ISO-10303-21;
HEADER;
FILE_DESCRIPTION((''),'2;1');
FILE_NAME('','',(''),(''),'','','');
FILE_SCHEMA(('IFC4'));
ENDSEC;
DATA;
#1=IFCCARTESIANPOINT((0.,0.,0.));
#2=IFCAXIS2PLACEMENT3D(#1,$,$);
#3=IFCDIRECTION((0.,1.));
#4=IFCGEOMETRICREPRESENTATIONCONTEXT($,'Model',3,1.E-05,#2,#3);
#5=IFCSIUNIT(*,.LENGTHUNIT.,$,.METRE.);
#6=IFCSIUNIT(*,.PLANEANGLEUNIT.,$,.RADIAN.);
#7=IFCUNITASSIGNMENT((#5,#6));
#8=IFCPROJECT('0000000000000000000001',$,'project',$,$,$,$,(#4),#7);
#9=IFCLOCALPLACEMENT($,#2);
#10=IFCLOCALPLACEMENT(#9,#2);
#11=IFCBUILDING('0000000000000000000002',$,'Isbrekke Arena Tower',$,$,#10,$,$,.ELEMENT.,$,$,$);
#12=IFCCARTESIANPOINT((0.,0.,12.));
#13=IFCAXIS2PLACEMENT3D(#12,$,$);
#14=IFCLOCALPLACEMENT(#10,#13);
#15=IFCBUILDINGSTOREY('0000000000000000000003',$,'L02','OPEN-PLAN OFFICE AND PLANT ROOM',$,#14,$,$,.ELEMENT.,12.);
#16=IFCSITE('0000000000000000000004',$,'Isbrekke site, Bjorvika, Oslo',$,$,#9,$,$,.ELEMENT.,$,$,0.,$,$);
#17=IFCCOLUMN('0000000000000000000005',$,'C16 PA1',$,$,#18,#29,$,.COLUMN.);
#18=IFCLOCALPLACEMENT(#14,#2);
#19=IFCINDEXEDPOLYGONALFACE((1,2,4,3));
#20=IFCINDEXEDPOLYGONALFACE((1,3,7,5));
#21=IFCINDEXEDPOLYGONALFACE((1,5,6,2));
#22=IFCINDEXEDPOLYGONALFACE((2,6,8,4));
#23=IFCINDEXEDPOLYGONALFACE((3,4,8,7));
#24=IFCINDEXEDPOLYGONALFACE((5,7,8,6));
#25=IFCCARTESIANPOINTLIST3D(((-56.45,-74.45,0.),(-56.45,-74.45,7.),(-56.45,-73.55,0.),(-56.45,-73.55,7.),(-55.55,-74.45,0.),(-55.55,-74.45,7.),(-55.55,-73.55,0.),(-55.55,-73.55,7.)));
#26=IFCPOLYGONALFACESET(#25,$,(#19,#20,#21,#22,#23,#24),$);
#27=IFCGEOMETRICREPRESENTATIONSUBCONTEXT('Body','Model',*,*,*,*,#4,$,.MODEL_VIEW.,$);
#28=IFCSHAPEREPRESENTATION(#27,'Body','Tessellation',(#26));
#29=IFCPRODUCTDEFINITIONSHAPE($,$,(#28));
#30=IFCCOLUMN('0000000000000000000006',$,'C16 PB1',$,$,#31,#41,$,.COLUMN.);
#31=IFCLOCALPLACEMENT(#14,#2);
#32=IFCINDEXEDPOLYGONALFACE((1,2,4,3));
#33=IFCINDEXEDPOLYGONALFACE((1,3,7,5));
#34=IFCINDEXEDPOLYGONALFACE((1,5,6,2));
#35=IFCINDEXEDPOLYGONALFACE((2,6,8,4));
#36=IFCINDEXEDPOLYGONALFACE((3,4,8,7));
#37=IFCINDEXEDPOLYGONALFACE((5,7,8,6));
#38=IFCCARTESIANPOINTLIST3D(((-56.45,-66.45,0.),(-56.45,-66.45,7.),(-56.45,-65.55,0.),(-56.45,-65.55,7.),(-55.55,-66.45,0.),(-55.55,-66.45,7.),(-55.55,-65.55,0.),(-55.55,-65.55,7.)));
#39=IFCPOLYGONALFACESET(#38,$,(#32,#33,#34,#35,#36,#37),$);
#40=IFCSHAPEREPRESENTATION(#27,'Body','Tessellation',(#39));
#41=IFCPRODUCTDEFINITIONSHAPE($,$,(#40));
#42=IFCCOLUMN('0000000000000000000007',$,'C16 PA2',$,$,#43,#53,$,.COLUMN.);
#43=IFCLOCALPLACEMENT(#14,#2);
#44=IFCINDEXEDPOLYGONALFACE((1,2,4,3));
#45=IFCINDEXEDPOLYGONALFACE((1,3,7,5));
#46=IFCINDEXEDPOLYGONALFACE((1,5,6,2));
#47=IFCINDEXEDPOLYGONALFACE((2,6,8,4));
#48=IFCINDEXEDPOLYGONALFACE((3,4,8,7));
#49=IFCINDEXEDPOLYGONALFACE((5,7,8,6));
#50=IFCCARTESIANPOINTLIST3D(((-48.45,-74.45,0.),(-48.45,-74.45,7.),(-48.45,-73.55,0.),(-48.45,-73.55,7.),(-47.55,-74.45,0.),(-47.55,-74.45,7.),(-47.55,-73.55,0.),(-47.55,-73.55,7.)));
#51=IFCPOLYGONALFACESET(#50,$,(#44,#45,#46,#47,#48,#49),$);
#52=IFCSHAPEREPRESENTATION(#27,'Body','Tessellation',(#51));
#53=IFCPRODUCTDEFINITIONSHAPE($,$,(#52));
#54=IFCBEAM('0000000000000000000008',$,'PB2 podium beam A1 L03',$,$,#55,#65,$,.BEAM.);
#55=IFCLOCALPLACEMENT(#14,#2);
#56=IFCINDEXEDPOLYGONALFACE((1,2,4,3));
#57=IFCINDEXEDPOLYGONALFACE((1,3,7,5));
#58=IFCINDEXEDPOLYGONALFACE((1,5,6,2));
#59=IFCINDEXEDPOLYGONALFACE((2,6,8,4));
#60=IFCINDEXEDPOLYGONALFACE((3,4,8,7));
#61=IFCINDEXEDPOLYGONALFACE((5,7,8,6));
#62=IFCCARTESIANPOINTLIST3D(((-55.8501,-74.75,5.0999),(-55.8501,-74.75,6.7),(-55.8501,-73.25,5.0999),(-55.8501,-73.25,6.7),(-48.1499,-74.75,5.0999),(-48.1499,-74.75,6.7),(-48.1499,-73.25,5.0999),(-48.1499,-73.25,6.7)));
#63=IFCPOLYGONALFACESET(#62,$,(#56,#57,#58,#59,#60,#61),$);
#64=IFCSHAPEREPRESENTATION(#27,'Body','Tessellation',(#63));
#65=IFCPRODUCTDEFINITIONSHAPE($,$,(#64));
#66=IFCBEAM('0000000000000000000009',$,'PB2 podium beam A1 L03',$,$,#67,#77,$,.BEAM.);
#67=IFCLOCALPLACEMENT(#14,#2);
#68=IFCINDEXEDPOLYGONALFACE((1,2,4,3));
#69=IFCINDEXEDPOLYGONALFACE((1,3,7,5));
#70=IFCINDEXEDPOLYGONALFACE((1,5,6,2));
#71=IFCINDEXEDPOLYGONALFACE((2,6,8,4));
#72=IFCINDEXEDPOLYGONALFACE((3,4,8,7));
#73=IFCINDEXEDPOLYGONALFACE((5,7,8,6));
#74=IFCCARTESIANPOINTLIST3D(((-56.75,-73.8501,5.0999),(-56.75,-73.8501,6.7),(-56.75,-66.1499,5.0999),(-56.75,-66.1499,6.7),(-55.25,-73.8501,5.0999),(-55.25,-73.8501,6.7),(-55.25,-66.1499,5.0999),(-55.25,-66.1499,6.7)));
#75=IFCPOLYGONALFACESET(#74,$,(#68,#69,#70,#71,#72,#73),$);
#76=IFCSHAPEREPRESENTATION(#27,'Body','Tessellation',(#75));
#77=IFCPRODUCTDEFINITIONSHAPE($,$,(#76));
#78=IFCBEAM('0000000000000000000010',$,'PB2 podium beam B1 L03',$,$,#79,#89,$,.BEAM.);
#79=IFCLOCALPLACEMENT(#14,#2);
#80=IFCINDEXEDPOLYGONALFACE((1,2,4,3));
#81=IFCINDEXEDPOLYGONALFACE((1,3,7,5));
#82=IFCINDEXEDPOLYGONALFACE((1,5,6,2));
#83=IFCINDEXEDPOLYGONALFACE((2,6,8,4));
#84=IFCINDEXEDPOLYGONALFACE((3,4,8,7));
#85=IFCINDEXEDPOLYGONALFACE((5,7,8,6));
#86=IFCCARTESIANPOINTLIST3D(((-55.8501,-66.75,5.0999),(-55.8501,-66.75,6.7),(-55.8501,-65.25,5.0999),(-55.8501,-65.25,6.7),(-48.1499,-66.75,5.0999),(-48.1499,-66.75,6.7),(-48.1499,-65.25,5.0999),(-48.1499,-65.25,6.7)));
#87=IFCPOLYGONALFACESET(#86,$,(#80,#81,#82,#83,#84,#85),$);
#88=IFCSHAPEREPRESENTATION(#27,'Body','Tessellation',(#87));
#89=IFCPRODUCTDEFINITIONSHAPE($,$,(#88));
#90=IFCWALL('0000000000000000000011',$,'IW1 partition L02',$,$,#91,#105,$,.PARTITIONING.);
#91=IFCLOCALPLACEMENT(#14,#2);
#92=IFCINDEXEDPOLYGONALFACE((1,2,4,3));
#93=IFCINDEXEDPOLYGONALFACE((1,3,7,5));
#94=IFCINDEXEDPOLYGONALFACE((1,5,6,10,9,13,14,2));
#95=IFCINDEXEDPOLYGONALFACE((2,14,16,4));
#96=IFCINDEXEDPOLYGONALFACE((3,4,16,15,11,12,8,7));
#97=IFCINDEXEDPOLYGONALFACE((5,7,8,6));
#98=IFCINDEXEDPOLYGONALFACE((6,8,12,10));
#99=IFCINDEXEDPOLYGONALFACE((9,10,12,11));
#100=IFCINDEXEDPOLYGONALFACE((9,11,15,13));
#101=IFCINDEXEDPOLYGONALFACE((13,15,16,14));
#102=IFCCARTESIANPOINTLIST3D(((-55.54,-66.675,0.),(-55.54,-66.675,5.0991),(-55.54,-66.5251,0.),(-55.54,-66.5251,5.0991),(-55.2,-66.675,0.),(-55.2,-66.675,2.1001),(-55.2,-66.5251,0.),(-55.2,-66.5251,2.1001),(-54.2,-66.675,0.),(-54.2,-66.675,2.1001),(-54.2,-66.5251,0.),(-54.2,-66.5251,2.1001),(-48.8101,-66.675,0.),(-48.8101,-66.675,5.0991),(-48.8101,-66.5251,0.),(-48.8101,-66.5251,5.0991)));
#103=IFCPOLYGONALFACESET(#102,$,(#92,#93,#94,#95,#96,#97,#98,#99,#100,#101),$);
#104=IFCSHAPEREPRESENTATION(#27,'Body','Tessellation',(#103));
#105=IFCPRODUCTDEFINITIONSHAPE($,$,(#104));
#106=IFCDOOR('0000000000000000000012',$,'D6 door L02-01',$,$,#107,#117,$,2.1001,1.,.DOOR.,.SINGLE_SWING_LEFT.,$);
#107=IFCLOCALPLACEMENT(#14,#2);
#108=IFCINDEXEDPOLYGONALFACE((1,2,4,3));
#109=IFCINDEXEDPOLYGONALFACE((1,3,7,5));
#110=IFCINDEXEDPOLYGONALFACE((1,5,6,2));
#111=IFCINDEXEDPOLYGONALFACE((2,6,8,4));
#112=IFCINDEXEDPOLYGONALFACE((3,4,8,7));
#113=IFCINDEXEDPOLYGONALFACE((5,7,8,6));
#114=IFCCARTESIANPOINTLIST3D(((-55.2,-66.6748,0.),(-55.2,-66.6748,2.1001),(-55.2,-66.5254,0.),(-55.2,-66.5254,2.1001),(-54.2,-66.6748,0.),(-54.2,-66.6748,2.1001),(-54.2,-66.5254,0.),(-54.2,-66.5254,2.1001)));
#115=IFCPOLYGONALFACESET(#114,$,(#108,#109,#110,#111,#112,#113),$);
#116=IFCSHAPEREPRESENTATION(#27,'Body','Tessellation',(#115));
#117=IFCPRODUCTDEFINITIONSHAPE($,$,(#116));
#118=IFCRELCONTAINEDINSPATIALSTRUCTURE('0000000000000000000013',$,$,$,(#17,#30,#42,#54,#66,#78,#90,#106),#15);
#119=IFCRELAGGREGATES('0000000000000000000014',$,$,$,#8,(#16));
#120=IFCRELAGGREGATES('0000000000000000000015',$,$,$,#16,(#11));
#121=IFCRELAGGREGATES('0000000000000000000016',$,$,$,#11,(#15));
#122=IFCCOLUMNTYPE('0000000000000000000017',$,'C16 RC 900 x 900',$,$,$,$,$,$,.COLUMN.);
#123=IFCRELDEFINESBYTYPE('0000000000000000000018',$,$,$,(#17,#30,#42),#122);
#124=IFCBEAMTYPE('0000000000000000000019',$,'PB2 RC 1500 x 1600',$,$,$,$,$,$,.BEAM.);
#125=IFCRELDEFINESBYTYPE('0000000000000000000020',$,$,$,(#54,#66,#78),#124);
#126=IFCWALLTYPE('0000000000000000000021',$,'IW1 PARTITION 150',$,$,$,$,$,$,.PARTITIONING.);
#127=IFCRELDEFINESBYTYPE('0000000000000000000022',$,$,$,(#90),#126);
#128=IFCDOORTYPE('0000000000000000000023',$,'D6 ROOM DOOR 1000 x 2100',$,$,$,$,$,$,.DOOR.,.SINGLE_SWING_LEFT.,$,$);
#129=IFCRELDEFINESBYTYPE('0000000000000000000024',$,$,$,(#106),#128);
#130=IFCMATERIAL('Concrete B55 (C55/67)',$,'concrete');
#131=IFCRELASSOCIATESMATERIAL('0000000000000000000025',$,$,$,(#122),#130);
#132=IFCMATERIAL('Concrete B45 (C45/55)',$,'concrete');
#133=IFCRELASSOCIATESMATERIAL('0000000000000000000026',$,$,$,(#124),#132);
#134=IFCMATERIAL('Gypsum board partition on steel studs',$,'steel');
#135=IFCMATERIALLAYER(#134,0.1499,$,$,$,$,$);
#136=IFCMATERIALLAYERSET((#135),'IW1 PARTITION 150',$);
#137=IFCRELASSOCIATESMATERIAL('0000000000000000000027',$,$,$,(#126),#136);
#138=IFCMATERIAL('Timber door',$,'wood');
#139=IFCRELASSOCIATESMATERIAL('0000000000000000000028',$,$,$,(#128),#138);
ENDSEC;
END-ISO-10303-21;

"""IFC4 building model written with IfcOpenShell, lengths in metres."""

from ifc_helpers import new_model, si_unit, direction, frame, frame_2d, origin, origin_2d, place, context, subcontext, project, spatial, rectangle, extrude, material, layer, layer_set, material_profile, profile_set, type_object, element, fill, save


model = new_model("IFC4")

# Units and contexts
model_context = context("Model", 3, precision=1e-05, world=origin(), true_north=direction((0.0, 1.0)))
body_context = subcontext(model_context, "Body", "Model", "MODEL_VIEW")
ifc_project = project(units=[si_unit("LENGTHUNIT", "METRE"), si_unit("PLANEANGLEUNIT", "RADIAN")], contexts=[model_context])

# Site, building, storey
site_placement = place(None, origin())
site = spatial("IfcSite", under=ifc_project, at=site_placement, Name="Isbrekke site, Bjorvika, Oslo", CompositionType="ELEMENT", RefElevation=0.0)
building_placement = place(site_placement, origin())
building = spatial("IfcBuilding", under=site, at=building_placement, Name="Isbrekke Arena Tower", CompositionType="ELEMENT")
storey_placement = place(building_placement, frame((0.0, 0.0, 12.0)))
storey = spatial("IfcBuildingStorey", under=building, at=storey_placement, Name="L02", Description="OPEN-PLAN OFFICE AND PLANT ROOM", CompositionType="ELEMENT", Elevation=12.0)

# Columns
ifc_material_1 = material(Name="Concrete B55 (C55/67)", Category="concrete")
ifc_material_profile_1 = material_profile(ifc_material_1, rectangle(XDim=0.8999, YDim=0.8999, at=origin_2d()), Name="RC 900x900")
ifc_profile_set_1 = profile_set([ifc_material_profile_1], Name="Concrete B55 (C55/67)")
column_type = type_object("IfcColumnType", Name="C16 RC 900 x 900", PredefinedType="COLUMN", material=ifc_profile_set_1)
for number, where, z_axis, x_axis, name in (
    (1, (-56.0, -74.0, 0.0), (0.0, 0.0, 1.0), (1.0, 0.0, 0.0), "C16 PA1"),
    (2, (-56.0, -66.0, 0.0), (0.0, 0.0, 1.0), (1.0, 0.0, 0.0), "C16 PB1"),
    (3, (-48.0, -74.0, 0.0), (0.0, 0.0, 1.0), (1.0, 0.0, 0.0), "C16 PA2"),
):
    element("IfcColumn", number, at=place(storey_placement, frame(where, z_axis=z_axis, x_axis=x_axis)), inside=storey, type_object=column_type, Name=name, PredefinedType="COLUMN", context=body_context, shape_type="SweptSolid", body=[
        extrude(rectangle(XDim=0.8999, YDim=0.8999, at=origin_2d()), origin(), (0.0, 0.0, 1.0), 7.0),
    ])

# Beams
ifc_material_2 = material(Name="Concrete B45 (C45/55)", Category="concrete")
ifc_material_profile_2 = material_profile(ifc_material_2, rectangle(XDim=1.5, YDim=1.6001, at=origin_2d()), Name="RC 1500x1600")
ifc_profile_set_2 = profile_set([ifc_material_profile_2], Name="Concrete B45 (C45/55)")
beam_type = type_object("IfcBeamType", Name="PB2 RC 1500 x 1600", PredefinedType="BEAM", material=ifc_profile_set_2)
for number, where, z_axis, x_axis, name in (
    (4, (-55.8501, -74.0, 5.8999), (1.0, 0.0, 0.0), (0.0, 1.0, 0.0), "PB2 podium beam A1 L03"),
    (5, (-56.0, -73.8501, 5.8999), (0.0, 1.0, 0.0), (-1.0, 0.0, 0.0), "PB2 podium beam A1 L03"),
    (6, (-55.8501, -66.0, 5.8999), (1.0, 0.0, 0.0), (0.0, 1.0, 0.0), "PB2 podium beam B1 L03"),
):
    element("IfcBeam", number, at=place(storey_placement, frame(where, z_axis=z_axis, x_axis=x_axis)), inside=storey, type_object=beam_type, Name=name, PredefinedType="BEAM", context=body_context, shape_type="SweptSolid", body=[
        extrude(rectangle(XDim=1.5, YDim=1.6001, at=origin_2d()), origin(), (0.0, 0.0, 1.0), 7.7002),
    ])

# Wall, opening, door
ifc_material_3 = material(Name="Gypsum board partition on steel studs", Category="steel")
ifc_layer_1 = layer(ifc_material_3, 0.1499)
ifc_layer_set_1 = layer_set([ifc_layer_1], Name="IW1 PARTITION 150")
wall_type_1 = type_object("IfcWallType", Name="IW1 PARTITION 150", PredefinedType="PARTITIONING", material=ifc_layer_set_1)
wall_1_placement = place(storey_placement, frame((-55.54, -66.6001, 0.0), z_axis=(0.0, 0.0, 1.0), x_axis=(1.0, 0.0, 0.0)))
wall_1 = element("IfcWall", 7, at=wall_1_placement, inside=storey, type_object=wall_type_1, Name="IW1 partition L02", PredefinedType="PARTITIONING", context=body_context, shape_type="SweptSolid", body=[
    extrude(rectangle(XDim=6.73, YDim=0.1499, at=frame_2d((3.365, 0.0))), origin(), (0.0, 0.0, 1.0), 5.0991),
])
opening_1_placement = place(wall_1_placement, frame((0.3401, 0.0, 0.0)))
opening_1 = element("IfcOpeningElement", 8, at=opening_1_placement, cuts=wall_1, PredefinedType="OPENING", context=body_context, shape_type="SweptSolid", body=[
    extrude(rectangle(XDim=1.0, YDim=2.1001, at=frame_2d((0.5, 1.05))), frame((0.0, 0.0898, 0.0), z_axis=(0.0, -1.0, 0.0), x_axis=(1.0, 0.0, 0.0)), (0.0, 0.0, 1.0), 0.1797),
])
ifc_material_4 = material(Name="Timber door", Category="wood")
door_type = type_object("IfcDoorType", Name="D6 ROOM DOOR 1000 x 2100", OperationType="SINGLE_SWING_LEFT", PredefinedType="DOOR", material=ifc_material_4)
door_placement = place(opening_1_placement, origin())
door = element("IfcDoor", 9, at=door_placement, inside=storey, type_object=door_type, Name="D6 door L02-01", OperationType="SINGLE_SWING_LEFT", OverallHeight=2.1001, OverallWidth=1.0, PredefinedType="DOOR", context=body_context, shape_type="SweptSolid", body=[
    extrude(rectangle(XDim=1.0, YDim=2.1001, at=frame_2d((0.5, 1.05))), frame((0.0, 0.0747, 0.0), z_axis=(0.0, -1.0, 0.0), x_axis=(1.0, 0.0, 0.0)), (0.0, 0.0, 1.0), 0.1494),
])
fill(opening_1, door)

save(model, "model.ifc")
